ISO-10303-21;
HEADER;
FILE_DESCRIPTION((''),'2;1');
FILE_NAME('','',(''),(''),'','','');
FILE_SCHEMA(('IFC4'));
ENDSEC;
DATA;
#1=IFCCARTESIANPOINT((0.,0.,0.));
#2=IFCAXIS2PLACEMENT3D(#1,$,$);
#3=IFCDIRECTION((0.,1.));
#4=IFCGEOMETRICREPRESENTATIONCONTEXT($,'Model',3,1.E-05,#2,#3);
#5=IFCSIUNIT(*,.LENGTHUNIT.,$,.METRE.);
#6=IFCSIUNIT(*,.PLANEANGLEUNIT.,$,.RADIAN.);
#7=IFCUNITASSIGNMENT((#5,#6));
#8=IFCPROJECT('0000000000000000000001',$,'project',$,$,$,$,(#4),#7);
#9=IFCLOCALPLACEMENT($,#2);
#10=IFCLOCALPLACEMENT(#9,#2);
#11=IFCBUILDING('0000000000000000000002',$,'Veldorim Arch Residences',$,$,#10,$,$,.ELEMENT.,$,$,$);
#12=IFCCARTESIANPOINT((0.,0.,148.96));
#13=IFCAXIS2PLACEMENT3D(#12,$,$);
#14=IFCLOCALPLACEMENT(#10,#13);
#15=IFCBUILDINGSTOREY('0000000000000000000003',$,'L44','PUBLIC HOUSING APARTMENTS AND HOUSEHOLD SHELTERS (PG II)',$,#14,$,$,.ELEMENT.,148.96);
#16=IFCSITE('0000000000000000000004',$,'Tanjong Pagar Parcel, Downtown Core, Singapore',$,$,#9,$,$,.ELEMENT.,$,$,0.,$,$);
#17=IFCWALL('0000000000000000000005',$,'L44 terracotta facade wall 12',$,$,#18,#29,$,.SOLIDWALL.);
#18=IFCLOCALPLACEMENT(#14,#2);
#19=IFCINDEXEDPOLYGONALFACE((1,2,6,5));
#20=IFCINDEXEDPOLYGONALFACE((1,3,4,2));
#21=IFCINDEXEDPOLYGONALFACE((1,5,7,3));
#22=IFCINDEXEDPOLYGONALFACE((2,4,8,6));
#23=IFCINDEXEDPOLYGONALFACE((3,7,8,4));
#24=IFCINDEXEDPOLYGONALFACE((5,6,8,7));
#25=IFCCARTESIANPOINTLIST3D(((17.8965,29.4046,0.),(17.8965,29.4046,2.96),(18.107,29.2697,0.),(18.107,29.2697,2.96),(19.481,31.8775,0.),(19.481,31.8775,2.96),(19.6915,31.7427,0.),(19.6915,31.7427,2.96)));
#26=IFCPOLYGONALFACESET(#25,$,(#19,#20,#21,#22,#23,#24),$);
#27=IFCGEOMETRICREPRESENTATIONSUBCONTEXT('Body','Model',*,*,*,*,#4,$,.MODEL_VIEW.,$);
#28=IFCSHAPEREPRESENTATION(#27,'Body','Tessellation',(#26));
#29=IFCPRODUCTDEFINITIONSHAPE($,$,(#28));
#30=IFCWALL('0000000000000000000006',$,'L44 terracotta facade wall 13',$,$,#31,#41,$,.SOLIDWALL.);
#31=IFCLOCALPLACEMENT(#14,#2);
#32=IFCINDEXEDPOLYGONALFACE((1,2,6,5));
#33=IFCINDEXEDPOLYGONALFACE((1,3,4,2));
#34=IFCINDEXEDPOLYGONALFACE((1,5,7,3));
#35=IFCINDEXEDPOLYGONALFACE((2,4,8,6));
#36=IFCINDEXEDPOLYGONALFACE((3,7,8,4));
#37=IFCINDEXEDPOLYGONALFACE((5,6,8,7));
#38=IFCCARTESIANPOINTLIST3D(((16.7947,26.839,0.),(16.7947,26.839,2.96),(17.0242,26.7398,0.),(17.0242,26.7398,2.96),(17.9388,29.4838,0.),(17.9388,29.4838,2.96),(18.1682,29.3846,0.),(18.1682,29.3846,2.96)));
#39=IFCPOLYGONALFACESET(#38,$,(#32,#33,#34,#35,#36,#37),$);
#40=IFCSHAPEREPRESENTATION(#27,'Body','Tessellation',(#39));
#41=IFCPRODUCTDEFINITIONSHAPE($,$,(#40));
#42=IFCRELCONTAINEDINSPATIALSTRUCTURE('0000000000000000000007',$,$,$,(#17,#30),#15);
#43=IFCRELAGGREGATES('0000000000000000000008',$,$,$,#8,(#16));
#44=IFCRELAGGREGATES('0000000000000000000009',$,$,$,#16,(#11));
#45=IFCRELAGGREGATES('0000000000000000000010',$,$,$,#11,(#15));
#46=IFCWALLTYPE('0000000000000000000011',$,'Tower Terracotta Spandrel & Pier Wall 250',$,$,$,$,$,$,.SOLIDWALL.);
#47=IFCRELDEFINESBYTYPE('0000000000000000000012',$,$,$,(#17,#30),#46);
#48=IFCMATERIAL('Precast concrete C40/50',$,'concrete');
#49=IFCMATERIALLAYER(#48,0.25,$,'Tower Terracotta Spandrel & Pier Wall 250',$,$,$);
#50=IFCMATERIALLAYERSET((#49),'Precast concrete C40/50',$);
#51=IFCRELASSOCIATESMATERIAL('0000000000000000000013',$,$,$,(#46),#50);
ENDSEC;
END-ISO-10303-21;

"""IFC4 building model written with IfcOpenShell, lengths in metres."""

from ifc_helpers import new_model, si_unit, direction, frame, frame_2d, origin, place, context, subcontext, project, spatial, rectangle, extrude, material, layer, layer_set, type_object, element, save


model = new_model("IFC4")

# Units and contexts
model_context = context("Model", 3, precision=1e-05, world=origin(), true_north=direction((0.0, 1.0)))
body_context = subcontext(model_context, "Body", "Model", "MODEL_VIEW")
ifc_project = project(units=[si_unit("LENGTHUNIT", "METRE"), si_unit("PLANEANGLEUNIT", "RADIAN")], contexts=[model_context])

# Site, building, storey
site_placement = place(None, origin())
site = spatial("IfcSite", under=ifc_project, at=site_placement, Name="Tanjong Pagar Parcel, Downtown Core, Singapore", CompositionType="ELEMENT", RefElevation=0.0)
building_placement = place(site_placement, origin())
building = spatial("IfcBuilding", under=site, at=building_placement, Name="Veldorim Arch Residences", CompositionType="ELEMENT")
storey_placement = place(building_placement, frame((0.0, 0.0, 148.96)))
storey = spatial("IfcBuildingStorey", under=building, at=storey_placement, Name="L44", Description="PUBLIC HOUSING APARTMENTS AND HOUSEHOLD SHELTERS (PG II)", CompositionType="ELEMENT", Elevation=148.96)

# Walls
ifc_material_1 = material(Name="Precast concrete C40/50", Category="concrete")
ifc_layer_1 = layer(ifc_material_1, 0.25, Name="Tower Terracotta Spandrel & Pier Wall 250")
ifc_layer_set_1 = layer_set([ifc_layer_1], Name="Precast concrete C40/50")
wall_type_1 = type_object("IfcWallType", Name="Tower Terracotta Spandrel & Pier Wall 250", PredefinedType="SOLIDWALL", material=ifc_layer_set_1)
wall_1_placement = place(storey_placement, frame((18.0017, 29.3372, 0.0), z_axis=(0.0, 0.0, 1.0), x_axis=(0.539492, 0.84199, 0.0)))
element("IfcWall", 1, at=wall_1_placement, inside=storey, type_object=wall_type_1, Name="L44 terracotta facade wall 12", PredefinedType="SOLIDWALL", context=body_context, shape_type="SweptSolid", body=[
    extrude(rectangle(XDim=2.937, YDim=0.25, at=frame_2d((1.4685, 0.0))), origin(), (0.0, 0.0, 1.0), 2.96),
])
wall_2_placement = place(storey_placement, frame((16.9094, 26.7893, 0.0), z_axis=(0.0, 0.0, 1.0), x_axis=(0.397015, 0.917812, 0.0)))
element("IfcWall", 2, at=wall_2_placement, inside=storey, type_object=wall_type_1, Name="L44 terracotta facade wall 13", PredefinedType="SOLIDWALL", context=body_context, shape_type="SweptSolid", body=[
    extrude(rectangle(XDim=2.8816, YDim=0.25, at=frame_2d((1.4409, 0.0))), origin(), (0.0, 0.0, 1.0), 2.96),
])

save(model, "model.ifc")
